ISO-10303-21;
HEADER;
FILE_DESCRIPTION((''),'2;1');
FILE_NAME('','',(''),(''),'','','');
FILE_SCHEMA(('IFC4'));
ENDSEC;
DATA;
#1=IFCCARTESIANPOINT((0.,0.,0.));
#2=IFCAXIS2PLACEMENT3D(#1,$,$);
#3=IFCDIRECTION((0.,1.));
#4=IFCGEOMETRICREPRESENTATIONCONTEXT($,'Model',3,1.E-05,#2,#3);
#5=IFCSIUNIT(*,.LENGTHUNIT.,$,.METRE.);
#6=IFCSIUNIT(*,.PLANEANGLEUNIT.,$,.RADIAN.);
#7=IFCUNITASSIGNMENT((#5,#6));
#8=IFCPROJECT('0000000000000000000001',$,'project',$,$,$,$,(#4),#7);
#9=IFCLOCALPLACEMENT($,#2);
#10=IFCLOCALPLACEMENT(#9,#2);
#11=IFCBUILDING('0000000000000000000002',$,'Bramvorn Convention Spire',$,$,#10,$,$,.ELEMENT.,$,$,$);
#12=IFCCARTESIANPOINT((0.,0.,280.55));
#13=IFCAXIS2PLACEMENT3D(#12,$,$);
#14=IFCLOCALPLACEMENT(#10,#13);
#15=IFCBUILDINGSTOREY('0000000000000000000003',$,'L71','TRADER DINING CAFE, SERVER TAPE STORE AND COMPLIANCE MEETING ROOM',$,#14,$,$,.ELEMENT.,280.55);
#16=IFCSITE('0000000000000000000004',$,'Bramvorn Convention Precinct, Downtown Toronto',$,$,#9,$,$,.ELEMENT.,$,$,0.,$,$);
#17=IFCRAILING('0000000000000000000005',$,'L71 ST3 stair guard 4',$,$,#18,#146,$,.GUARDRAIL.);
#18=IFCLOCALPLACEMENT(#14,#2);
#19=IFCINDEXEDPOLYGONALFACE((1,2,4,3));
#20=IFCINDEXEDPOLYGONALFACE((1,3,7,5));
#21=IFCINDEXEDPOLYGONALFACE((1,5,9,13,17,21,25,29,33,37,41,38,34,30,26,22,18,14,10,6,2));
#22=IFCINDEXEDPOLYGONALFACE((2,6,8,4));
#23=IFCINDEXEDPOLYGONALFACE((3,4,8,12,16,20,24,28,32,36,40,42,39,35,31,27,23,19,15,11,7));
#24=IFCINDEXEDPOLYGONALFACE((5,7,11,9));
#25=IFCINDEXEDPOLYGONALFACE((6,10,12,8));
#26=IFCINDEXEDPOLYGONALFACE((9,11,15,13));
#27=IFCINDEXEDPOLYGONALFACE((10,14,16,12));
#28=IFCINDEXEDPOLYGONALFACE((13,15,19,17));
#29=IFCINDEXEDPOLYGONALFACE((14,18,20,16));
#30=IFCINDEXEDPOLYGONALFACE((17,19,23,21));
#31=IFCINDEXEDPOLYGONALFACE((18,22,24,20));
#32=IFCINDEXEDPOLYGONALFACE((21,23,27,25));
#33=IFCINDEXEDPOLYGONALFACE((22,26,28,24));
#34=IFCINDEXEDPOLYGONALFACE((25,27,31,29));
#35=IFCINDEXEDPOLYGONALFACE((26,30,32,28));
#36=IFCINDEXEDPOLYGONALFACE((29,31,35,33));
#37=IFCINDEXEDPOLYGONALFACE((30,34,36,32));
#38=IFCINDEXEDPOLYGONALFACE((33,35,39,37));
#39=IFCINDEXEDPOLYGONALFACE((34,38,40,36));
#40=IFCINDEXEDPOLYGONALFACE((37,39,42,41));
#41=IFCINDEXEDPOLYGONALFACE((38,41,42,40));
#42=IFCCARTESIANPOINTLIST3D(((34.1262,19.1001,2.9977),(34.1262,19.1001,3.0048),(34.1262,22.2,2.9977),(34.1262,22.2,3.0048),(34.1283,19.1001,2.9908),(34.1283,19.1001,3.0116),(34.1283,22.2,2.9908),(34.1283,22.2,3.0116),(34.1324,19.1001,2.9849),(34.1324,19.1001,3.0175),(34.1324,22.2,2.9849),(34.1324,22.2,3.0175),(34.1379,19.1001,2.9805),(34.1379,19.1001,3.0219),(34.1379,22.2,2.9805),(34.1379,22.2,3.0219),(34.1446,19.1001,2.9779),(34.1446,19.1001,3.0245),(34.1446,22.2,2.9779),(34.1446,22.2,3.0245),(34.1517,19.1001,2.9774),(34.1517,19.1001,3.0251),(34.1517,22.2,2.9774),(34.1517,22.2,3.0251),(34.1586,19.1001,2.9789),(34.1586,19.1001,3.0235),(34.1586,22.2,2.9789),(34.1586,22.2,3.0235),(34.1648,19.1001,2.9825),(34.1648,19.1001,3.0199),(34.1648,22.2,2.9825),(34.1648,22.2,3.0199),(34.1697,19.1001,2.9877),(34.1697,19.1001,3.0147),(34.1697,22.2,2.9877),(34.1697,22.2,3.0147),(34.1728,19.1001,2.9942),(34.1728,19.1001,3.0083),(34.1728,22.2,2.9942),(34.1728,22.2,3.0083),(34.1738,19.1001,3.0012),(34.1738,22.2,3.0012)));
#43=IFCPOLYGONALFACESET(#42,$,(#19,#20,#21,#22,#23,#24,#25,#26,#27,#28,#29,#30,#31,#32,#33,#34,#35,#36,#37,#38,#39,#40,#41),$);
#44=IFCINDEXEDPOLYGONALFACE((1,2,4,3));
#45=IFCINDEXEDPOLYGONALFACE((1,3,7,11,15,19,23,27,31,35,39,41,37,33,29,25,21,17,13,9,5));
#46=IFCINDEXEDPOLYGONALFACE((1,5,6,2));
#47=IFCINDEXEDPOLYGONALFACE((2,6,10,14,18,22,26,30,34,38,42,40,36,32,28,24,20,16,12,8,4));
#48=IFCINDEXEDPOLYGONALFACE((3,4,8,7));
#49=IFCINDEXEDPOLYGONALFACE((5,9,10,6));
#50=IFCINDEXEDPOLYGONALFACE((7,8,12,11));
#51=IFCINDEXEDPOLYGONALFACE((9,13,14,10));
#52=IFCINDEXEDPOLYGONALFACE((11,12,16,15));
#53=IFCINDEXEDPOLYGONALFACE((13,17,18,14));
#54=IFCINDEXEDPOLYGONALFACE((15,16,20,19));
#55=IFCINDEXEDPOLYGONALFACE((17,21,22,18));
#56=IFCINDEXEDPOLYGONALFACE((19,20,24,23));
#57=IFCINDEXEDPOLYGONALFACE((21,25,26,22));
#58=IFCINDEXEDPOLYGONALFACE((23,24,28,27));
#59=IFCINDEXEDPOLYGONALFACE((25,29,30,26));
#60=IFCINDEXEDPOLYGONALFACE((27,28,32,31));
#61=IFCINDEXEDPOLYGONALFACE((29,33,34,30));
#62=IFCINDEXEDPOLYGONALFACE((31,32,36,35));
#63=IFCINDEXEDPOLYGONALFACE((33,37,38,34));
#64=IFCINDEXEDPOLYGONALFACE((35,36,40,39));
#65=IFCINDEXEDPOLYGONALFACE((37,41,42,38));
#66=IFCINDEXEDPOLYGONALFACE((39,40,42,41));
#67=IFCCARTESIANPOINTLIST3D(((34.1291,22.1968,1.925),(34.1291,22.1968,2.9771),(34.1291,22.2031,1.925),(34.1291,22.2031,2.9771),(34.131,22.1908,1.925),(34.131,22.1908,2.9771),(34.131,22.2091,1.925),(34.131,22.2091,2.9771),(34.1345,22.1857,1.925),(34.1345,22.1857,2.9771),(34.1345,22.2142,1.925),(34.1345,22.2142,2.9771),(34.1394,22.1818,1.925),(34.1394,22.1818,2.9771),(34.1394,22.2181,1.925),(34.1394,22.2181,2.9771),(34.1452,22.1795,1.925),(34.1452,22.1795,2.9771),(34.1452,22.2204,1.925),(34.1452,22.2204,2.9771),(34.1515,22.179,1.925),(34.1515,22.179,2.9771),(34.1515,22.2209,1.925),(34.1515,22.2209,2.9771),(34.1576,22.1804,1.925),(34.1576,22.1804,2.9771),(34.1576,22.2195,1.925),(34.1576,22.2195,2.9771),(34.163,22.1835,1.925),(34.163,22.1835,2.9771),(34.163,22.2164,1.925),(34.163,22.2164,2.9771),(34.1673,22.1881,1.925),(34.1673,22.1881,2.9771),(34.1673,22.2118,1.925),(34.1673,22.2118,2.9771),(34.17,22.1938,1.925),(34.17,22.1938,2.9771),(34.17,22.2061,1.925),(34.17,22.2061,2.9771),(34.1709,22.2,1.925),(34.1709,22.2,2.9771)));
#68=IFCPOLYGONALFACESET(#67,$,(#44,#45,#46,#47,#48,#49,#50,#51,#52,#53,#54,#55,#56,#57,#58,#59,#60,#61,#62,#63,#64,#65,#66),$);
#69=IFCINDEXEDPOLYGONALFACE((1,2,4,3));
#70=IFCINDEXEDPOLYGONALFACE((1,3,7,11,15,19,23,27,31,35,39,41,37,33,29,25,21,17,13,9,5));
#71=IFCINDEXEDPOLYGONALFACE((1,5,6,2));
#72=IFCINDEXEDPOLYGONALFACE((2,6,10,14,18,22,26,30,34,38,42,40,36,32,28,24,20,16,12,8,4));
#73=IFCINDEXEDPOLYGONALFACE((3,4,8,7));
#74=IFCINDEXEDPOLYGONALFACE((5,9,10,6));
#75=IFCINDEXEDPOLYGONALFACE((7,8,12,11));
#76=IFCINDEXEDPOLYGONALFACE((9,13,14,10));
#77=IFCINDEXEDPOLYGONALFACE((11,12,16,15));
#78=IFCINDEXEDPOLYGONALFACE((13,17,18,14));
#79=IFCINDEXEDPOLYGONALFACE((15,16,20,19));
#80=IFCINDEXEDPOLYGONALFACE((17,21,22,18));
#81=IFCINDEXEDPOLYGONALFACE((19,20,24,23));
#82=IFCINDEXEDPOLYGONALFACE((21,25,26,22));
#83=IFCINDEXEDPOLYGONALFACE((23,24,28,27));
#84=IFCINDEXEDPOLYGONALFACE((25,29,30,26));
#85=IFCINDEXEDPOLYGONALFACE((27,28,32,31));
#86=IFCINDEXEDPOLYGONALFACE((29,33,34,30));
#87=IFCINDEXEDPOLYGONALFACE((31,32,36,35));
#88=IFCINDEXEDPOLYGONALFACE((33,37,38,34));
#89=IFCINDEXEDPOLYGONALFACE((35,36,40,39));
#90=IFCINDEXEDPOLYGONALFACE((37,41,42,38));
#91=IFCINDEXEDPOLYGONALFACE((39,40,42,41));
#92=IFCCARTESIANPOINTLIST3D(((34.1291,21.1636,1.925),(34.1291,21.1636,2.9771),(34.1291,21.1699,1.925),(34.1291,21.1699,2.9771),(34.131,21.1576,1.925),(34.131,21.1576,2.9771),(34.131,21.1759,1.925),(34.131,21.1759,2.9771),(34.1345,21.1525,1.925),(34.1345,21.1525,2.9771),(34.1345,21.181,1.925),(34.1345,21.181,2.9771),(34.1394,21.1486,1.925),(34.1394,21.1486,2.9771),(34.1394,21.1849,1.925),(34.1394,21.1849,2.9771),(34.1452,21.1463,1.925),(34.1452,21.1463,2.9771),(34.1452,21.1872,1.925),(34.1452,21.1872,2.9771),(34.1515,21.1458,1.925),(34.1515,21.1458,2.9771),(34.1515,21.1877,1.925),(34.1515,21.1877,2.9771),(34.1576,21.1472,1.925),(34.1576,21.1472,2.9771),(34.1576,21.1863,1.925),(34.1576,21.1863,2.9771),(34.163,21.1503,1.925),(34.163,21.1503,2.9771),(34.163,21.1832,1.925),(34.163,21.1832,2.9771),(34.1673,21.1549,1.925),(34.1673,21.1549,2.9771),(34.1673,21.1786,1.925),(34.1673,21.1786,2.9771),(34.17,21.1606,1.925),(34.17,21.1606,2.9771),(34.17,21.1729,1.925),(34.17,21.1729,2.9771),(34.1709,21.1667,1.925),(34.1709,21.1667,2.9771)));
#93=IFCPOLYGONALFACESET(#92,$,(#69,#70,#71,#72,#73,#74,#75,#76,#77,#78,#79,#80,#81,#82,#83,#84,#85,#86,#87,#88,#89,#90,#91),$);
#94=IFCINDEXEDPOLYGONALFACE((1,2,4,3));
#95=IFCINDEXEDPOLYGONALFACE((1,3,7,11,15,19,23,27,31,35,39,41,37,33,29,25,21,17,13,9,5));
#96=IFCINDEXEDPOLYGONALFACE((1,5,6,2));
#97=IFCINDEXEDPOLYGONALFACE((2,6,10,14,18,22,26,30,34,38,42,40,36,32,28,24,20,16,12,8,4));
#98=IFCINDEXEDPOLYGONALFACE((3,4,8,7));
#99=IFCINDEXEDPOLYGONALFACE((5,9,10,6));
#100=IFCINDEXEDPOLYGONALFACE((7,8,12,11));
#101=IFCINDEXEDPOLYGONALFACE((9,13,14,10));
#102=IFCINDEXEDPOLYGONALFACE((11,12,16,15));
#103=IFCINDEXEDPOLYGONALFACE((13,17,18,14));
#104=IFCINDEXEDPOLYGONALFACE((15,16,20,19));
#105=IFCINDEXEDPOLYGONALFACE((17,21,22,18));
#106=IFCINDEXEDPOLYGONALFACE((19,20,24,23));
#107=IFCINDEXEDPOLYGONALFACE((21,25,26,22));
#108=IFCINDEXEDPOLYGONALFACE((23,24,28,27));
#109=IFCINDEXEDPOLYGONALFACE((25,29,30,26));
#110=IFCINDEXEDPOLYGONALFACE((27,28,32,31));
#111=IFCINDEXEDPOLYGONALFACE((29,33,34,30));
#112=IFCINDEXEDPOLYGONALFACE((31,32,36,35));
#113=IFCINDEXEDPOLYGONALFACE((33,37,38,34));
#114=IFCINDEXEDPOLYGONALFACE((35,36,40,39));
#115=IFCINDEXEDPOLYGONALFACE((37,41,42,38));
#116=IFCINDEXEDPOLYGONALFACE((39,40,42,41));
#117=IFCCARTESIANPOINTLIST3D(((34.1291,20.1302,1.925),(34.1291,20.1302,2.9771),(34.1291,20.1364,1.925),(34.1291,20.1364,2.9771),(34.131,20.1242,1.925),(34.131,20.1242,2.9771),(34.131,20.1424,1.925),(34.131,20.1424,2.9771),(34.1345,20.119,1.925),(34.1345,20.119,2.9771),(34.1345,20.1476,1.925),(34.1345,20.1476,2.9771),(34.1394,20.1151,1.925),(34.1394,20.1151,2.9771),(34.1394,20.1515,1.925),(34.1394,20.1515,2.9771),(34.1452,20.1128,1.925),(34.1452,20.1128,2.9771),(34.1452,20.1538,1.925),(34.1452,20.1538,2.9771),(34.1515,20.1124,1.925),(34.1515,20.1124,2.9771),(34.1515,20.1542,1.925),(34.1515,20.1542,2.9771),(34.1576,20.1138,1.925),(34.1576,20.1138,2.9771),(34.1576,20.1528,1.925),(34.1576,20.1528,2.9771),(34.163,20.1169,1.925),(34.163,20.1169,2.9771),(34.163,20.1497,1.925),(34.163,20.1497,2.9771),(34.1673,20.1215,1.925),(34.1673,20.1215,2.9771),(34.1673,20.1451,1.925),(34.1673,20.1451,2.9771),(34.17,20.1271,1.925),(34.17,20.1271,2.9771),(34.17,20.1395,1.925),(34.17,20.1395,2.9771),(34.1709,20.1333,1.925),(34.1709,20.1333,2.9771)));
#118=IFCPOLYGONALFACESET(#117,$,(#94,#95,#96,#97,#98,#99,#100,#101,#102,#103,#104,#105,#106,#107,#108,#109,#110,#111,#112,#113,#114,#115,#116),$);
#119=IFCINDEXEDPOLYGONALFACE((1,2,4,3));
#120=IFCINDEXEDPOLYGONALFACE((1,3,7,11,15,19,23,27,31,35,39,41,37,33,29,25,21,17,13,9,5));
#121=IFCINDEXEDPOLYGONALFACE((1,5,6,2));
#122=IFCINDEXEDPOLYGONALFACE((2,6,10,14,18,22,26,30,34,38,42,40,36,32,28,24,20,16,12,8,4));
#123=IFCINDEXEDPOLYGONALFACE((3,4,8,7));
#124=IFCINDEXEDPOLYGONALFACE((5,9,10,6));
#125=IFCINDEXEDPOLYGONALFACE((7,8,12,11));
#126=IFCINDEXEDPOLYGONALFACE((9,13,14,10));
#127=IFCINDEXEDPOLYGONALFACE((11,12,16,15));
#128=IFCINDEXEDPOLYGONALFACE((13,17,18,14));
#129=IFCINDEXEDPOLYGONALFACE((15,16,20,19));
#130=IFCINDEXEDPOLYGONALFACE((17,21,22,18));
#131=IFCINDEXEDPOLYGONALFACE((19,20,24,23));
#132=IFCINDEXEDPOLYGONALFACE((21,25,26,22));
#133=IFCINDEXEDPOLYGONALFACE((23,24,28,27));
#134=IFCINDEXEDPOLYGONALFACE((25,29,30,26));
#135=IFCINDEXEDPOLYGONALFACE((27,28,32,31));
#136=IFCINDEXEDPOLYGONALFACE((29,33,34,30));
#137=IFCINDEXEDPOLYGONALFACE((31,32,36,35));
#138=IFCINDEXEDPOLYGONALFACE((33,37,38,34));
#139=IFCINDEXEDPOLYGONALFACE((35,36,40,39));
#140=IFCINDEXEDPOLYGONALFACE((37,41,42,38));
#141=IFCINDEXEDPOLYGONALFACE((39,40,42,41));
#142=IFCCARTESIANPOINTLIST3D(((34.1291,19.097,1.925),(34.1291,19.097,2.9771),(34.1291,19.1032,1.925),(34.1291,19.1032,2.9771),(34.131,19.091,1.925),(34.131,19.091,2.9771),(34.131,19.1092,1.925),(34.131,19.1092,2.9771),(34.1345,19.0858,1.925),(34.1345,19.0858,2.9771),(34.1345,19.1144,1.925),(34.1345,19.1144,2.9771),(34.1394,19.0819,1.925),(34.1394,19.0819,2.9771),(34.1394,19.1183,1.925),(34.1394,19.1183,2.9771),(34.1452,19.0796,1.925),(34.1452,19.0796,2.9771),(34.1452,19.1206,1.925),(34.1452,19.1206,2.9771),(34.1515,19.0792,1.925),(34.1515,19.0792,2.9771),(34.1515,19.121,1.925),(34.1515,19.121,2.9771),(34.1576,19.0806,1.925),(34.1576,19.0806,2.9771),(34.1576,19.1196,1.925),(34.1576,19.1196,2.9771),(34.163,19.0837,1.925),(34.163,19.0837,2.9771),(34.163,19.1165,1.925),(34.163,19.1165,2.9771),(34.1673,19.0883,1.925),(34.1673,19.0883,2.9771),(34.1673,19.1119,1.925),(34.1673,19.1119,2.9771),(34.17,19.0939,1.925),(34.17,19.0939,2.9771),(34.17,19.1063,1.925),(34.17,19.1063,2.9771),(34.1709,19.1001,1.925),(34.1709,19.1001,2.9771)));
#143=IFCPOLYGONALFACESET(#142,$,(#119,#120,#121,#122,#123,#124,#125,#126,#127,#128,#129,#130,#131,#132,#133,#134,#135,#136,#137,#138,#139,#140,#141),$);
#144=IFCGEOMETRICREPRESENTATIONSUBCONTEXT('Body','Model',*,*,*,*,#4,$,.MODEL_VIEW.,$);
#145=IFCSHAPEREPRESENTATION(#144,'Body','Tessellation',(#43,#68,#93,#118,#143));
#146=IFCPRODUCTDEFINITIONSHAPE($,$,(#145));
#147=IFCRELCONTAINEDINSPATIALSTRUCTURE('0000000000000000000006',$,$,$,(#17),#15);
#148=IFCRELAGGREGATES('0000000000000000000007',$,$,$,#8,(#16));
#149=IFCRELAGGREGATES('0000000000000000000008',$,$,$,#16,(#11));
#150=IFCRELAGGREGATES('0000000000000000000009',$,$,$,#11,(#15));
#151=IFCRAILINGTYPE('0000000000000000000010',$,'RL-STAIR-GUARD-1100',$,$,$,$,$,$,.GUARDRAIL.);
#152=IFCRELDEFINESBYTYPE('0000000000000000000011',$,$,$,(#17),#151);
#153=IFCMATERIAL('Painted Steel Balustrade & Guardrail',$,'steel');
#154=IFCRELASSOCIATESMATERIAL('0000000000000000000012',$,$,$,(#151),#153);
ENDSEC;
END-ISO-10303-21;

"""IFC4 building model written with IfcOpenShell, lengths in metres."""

from ifc_helpers import new_model, si_unit, direction, frame, origin, origin_2d, place, context, subcontext, project, spatial, circle, extrude, material, type_object, element, save


model = new_model("IFC4")

# Units and contexts
model_context = context("Model", 3, precision=1e-05, world=origin(), true_north=direction((0.0, 1.0)))
body_context = subcontext(model_context, "Body", "Model", "MODEL_VIEW")
ifc_project = project(units=[si_unit("LENGTHUNIT", "METRE"), si_unit("PLANEANGLEUNIT", "RADIAN")], contexts=[model_context])

# Site, building, storey
site_placement = place(None, origin())
site = spatial("IfcSite", under=ifc_project, at=site_placement, Name="Bramvorn Convention Precinct, Downtown Toronto", CompositionType="ELEMENT", RefElevation=0.0)
building_placement = place(site_placement, origin())
building = spatial("IfcBuilding", under=site, at=building_placement, Name="Bramvorn Convention Spire", CompositionType="ELEMENT")
storey_placement = place(building_placement, frame((0.0, 0.0, 280.55)))
storey = spatial("IfcBuildingStorey", under=building, at=storey_placement, Name="L71", Description="TRADER DINING CAFE, SERVER TAPE STORE AND COMPLIANCE MEETING ROOM", CompositionType="ELEMENT", Elevation=280.55)

# Railing
ifc_material_1 = material(Name="Painted Steel Balustrade & Guardrail", Category="steel")
railing_type_1 = type_object("IfcRailingType", Name="RL-STAIR-GUARD-1100", PredefinedType="GUARDRAIL", material=ifc_material_1)
for number, where, name in (
    (1, (34.1499, 22.2, 1.925), "L71 ST3 stair guard 4"),
):
    element("IfcRailing", number, at=place(storey_placement, frame(where)), inside=storey, type_object=railing_type_1, Name=name, PredefinedType="GUARDRAIL", context=body_context, shape_type="SweptSolid", body=[
        extrude(circle(Radius=0.0239, at=origin_2d()), frame((0.0, 0.0, 1.0762), z_axis=(0.0, -1.0, 0.0), x_axis=(1.0, 0.0, 0.0)), (0.0, 0.0, 1.0), 3.0999),
        extrude(circle(Radius=0.021, at=origin_2d()), origin(), (0.0, 0.0, 1.0), 1.052),
        extrude(circle(Radius=0.021, at=origin_2d()), frame((0.0, -1.0332, 0.0)), (0.0, 0.0, 1.0), 1.052),
        extrude(circle(Radius=0.021, at=origin_2d()), frame((0.0, -2.0667, 0.0)), (0.0, 0.0, 1.0), 1.052),
        extrude(circle(Radius=0.021, at=origin_2d()), frame((0.0, -3.0999, 0.0)), (0.0, 0.0, 1.0), 1.052),
    ])

save(model, "model.ifc")
